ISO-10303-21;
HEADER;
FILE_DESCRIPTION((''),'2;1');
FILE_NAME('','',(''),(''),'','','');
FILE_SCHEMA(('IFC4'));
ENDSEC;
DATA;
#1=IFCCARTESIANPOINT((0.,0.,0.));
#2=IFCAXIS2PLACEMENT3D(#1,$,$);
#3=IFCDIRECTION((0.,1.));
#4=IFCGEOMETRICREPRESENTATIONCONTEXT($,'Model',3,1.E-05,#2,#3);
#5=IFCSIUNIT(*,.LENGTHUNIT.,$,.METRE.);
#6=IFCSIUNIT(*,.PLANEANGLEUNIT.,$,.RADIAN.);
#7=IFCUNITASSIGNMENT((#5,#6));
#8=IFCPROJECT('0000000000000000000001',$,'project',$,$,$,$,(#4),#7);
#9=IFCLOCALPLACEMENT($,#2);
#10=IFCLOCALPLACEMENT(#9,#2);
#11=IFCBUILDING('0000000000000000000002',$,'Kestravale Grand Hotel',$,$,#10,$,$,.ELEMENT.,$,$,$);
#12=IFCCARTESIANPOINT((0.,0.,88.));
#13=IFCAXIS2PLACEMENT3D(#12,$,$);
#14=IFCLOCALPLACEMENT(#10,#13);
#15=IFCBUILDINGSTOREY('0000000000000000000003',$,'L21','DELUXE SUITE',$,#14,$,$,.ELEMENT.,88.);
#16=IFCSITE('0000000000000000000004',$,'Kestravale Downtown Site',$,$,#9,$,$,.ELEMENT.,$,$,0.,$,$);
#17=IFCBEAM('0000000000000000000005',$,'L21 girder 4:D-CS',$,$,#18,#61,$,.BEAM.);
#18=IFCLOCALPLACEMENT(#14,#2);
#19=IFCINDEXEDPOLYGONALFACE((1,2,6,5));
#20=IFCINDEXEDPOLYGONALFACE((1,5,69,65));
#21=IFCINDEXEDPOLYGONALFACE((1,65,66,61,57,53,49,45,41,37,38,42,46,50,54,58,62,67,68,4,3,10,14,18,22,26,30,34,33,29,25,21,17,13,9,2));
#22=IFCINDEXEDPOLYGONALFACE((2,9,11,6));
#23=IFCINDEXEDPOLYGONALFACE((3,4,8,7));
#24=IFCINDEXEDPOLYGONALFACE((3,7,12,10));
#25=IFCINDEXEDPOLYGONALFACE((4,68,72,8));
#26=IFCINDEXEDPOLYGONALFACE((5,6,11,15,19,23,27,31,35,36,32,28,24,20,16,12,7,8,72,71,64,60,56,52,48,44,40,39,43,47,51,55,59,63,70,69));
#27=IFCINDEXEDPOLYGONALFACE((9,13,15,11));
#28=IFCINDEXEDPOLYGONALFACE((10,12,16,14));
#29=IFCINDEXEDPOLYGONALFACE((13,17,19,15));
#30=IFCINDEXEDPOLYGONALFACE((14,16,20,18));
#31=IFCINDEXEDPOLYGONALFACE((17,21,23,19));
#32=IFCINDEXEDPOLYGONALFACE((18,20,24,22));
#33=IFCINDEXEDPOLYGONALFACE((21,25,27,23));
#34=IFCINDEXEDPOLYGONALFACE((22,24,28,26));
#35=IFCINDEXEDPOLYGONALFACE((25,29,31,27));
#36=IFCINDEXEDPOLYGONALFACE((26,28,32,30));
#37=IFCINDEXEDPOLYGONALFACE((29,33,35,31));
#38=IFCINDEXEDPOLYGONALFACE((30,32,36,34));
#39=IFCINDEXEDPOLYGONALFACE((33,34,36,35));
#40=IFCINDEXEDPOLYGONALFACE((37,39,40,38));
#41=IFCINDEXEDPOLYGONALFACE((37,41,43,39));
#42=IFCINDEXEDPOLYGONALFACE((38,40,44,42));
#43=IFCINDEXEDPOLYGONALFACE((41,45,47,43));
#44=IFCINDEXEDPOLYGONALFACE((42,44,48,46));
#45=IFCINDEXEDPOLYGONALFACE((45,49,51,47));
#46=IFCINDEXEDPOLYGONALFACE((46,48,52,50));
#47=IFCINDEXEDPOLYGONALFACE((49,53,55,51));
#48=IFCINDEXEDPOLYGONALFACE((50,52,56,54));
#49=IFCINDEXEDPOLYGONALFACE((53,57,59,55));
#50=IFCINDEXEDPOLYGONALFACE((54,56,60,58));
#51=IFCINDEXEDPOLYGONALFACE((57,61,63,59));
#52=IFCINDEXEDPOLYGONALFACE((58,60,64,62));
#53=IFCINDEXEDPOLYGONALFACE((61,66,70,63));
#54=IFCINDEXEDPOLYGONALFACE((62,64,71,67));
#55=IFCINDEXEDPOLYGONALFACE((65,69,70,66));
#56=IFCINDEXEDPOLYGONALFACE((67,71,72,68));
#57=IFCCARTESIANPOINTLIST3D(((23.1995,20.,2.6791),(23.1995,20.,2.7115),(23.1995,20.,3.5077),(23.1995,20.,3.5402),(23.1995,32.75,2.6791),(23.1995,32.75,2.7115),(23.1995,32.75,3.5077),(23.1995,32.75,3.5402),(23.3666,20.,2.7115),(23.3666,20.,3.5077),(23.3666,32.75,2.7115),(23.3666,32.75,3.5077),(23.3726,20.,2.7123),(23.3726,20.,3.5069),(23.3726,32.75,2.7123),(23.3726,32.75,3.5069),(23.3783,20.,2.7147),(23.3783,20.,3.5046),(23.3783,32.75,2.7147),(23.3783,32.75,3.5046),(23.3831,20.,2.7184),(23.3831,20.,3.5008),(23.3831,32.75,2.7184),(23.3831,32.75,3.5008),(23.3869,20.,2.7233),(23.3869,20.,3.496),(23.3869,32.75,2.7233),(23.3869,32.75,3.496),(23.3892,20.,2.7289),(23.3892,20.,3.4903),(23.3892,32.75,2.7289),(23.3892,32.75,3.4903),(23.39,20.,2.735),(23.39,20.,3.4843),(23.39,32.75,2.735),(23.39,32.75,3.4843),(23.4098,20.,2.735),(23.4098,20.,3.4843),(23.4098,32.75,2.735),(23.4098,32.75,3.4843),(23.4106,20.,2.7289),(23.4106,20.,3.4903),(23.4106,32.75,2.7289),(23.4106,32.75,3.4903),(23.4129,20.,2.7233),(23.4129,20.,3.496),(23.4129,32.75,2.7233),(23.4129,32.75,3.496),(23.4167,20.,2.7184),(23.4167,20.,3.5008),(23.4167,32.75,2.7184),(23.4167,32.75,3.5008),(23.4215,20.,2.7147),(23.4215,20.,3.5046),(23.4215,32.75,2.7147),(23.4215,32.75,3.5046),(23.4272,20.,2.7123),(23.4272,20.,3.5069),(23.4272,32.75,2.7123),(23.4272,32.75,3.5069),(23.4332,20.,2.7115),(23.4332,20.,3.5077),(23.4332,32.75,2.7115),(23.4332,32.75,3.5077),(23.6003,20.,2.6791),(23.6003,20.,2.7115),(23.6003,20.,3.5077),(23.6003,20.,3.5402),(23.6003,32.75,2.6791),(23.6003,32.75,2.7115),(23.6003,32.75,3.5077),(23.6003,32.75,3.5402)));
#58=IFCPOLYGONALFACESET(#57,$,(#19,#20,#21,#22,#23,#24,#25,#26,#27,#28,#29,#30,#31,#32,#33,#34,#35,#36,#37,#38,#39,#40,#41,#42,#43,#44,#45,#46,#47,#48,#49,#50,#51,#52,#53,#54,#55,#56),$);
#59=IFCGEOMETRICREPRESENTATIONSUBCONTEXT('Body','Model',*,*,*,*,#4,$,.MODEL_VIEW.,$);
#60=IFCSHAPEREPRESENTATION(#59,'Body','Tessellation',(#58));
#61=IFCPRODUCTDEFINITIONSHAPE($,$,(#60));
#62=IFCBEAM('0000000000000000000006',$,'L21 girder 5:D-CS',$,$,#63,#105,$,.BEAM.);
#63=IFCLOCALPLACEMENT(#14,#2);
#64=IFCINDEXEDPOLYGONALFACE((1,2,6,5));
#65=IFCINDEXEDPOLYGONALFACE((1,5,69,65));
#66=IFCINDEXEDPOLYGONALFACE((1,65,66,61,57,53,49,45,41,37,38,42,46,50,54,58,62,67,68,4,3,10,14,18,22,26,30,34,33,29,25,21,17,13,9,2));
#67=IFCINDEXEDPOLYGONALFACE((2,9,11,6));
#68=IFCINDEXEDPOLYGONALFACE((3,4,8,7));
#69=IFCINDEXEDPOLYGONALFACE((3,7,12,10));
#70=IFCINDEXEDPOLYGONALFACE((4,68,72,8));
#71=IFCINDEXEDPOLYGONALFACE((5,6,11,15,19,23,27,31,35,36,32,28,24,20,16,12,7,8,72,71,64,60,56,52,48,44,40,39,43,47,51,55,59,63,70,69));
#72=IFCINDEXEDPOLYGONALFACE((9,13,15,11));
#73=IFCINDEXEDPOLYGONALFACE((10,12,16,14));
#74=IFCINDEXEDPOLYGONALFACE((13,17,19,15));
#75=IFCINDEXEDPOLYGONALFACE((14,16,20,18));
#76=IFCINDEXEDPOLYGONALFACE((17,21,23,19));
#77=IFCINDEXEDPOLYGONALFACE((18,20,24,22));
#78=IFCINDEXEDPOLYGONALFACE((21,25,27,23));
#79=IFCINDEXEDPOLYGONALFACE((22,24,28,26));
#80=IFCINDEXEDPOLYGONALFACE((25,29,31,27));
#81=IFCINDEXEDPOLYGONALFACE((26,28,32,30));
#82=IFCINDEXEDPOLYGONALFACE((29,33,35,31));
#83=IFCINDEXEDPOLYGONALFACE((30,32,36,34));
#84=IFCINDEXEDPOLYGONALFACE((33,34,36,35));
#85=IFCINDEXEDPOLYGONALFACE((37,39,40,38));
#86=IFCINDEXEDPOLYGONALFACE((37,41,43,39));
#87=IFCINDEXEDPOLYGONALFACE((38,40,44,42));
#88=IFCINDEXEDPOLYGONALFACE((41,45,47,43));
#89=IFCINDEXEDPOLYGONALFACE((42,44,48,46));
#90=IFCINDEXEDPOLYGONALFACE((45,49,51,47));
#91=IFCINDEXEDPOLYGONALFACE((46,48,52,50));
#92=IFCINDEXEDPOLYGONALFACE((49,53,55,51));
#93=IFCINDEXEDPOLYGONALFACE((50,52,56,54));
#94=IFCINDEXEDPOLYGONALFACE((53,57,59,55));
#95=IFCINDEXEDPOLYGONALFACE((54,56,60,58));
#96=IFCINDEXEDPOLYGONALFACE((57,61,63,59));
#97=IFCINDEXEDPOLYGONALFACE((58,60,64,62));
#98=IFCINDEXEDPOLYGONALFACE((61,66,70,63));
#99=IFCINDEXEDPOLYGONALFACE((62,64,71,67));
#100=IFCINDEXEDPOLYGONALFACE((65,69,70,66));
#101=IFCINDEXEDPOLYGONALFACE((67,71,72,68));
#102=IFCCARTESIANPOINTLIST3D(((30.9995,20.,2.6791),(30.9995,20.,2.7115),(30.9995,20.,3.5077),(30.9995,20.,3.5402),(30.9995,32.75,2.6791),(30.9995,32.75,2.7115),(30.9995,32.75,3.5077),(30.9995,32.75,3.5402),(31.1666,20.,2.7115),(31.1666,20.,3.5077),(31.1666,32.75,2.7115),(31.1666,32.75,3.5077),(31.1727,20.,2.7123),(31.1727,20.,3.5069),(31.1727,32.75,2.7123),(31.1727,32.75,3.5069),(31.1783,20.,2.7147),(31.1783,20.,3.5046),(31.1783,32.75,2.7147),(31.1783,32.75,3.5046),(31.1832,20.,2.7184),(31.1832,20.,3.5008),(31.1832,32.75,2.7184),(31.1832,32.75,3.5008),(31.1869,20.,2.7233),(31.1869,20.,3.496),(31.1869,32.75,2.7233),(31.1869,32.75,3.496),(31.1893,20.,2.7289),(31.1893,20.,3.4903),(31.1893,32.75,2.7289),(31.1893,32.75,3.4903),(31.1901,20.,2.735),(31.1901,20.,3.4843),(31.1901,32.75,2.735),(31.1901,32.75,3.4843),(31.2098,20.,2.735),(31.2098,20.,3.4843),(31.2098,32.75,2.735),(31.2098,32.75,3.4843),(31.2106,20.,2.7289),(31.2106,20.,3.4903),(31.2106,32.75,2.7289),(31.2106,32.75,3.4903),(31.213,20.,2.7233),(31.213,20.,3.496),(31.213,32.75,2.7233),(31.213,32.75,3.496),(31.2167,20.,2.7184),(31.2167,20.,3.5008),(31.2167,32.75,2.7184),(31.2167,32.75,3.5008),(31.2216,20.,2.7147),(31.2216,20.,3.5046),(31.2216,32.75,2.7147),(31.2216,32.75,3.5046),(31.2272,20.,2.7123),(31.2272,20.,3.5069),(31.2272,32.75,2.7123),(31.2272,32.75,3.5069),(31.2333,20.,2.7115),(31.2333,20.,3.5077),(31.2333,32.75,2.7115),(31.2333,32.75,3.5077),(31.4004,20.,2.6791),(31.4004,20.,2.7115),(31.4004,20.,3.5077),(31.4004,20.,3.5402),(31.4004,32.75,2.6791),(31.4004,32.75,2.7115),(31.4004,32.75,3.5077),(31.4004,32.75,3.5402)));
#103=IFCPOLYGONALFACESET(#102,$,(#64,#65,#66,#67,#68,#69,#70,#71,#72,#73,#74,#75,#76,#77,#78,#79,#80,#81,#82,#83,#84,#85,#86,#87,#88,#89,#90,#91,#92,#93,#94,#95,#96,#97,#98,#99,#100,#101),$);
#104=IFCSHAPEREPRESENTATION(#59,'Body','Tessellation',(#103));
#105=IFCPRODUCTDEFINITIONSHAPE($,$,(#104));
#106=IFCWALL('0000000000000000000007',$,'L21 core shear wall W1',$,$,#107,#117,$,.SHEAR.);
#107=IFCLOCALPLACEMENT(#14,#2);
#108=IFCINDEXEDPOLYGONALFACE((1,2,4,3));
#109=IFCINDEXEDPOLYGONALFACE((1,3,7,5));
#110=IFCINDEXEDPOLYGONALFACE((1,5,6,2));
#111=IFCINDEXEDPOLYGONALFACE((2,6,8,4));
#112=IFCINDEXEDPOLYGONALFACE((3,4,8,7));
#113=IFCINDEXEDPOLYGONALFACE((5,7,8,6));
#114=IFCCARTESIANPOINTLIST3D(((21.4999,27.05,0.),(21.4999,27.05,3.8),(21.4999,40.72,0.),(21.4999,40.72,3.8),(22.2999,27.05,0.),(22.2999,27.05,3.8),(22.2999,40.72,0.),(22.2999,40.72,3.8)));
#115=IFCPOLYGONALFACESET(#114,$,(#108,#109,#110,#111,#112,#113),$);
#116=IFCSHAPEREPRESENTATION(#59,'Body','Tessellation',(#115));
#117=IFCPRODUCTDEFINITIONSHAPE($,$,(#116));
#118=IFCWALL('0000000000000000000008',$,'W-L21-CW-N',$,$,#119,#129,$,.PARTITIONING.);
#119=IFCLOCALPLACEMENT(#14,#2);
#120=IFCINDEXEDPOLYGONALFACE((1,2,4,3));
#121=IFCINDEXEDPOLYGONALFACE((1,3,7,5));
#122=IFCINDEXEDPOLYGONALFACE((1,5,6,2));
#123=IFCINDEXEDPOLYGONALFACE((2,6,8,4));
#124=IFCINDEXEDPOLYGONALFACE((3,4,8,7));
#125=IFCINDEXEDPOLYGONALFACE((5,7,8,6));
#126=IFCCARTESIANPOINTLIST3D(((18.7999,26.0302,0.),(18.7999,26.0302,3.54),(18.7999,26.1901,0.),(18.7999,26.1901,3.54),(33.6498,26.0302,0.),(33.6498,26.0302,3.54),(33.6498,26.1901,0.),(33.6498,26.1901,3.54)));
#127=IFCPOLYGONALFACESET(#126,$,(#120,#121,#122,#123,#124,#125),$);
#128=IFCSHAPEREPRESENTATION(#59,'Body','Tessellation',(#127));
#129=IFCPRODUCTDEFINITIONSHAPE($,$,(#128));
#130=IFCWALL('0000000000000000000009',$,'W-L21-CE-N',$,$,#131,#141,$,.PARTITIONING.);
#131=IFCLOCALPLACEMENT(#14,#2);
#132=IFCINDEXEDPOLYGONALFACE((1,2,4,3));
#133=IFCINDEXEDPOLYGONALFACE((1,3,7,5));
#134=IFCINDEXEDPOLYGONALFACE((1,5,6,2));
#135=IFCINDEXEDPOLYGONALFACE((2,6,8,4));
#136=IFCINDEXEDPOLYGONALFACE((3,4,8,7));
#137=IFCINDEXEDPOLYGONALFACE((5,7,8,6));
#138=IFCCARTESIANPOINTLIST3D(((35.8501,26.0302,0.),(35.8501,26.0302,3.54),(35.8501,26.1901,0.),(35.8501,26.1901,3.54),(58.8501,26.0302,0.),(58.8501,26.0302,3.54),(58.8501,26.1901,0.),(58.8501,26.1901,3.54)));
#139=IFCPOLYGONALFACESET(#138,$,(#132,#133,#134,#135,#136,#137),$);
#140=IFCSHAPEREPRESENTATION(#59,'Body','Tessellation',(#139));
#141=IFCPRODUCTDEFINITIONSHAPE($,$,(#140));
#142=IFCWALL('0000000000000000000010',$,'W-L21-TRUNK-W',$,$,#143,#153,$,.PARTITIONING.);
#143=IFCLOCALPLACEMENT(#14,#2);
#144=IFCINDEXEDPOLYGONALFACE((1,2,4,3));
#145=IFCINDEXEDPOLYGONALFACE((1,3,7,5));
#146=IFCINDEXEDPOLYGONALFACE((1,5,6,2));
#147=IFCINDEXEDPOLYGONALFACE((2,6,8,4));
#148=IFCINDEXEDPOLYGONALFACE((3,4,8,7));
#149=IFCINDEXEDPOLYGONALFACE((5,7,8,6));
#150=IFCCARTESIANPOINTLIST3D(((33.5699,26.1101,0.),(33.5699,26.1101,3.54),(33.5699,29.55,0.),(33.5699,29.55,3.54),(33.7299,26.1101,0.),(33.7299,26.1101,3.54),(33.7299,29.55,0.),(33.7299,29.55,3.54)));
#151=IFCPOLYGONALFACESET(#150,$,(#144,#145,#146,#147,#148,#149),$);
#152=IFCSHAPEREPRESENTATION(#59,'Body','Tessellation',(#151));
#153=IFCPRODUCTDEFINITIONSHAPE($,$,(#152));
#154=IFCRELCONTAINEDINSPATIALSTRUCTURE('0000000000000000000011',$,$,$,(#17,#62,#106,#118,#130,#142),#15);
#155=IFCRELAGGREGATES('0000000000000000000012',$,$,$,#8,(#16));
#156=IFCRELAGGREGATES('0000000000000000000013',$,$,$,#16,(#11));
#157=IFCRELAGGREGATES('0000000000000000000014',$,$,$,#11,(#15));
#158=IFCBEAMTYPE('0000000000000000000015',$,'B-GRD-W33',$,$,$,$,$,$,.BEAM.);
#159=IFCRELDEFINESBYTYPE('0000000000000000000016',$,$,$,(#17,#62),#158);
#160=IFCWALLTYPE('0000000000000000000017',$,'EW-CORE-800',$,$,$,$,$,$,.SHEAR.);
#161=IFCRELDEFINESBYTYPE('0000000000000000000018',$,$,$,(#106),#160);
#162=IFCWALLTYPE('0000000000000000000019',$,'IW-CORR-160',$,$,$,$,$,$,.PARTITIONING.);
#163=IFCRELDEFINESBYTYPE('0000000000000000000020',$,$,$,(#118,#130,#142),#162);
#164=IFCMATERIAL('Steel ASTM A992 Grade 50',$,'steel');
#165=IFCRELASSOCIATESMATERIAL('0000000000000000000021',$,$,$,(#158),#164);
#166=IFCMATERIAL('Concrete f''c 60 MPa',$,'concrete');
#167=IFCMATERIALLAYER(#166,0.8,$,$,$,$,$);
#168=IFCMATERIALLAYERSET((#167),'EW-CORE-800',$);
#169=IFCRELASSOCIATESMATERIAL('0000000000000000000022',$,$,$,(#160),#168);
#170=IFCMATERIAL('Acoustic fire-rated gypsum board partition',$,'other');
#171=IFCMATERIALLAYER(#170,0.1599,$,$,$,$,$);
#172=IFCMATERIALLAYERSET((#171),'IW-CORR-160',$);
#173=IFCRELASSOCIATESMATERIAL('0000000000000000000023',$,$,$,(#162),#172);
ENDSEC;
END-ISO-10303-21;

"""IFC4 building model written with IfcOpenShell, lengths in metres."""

from ifc_helpers import new_model, si_unit, direction, frame, frame_2d, origin, origin_2d, place, context, subcontext, project, spatial, rectangle, i_section, extrude, material, layer, layer_set, material_profile, profile_set, type_object, element, save


model = new_model("IFC4")

# Units and contexts
model_context = context("Model", 3, precision=1e-05, world=origin(), true_north=direction((0.0, 1.0)))
body_context = subcontext(model_context, "Body", "Model", "MODEL_VIEW")
ifc_project = project(units=[si_unit("LENGTHUNIT", "METRE"), si_unit("PLANEANGLEUNIT", "RADIAN")], contexts=[model_context])

# Site, building, storey
site_placement = place(None, origin())
site = spatial("IfcSite", under=ifc_project, at=site_placement, Name="Kestravale Downtown Site", CompositionType="ELEMENT", RefElevation=0.0)
building_placement = place(site_placement, origin())
building = spatial("IfcBuilding", under=site, at=building_placement, Name="Kestravale Grand Hotel", CompositionType="ELEMENT")
storey_placement = place(building_placement, frame((0.0, 0.0, 88.0)))
storey = spatial("IfcBuildingStorey", under=building, at=storey_placement, Name="L21", Description="DELUXE SUITE", CompositionType="ELEMENT", Elevation=88.0)

# Beams
ifc_material_1 = material(Name="Steel ASTM A992 Grade 50", Category="steel")
ifc_material_profile_1 = material_profile(ifc_material_1, i_section(OverallWidth=0.4009, OverallDepth=0.8611, WebThickness=0.0198, FlangeThickness=0.0325, FilletRadius=0.0234, at=origin_2d()))
ifc_profile_set_1 = profile_set([ifc_material_profile_1], Name="Steel ASTM A992 Grade 50")
beam_type_1 = type_object("IfcBeamType", Name="B-GRD-W33", PredefinedType="BEAM", material=ifc_profile_set_1)
for number, where, z_axis, x_axis, name in (
    (1, (23.3999, 20.0, 3.1096), (0.0, 1.0, 0.0), (-1.0, 0.0, 0.0), "L21 girder 4:D-CS"),
    (2, (31.2, 20.0, 3.1096), (0.0, 1.0, 0.0), (-1.0, 0.0, 0.0), "L21 girder 5:D-CS"),
):
    element("IfcBeam", number, at=place(storey_placement, frame(where, z_axis=z_axis, x_axis=x_axis)), inside=storey, type_object=beam_type_1, Name=name, PredefinedType="BEAM", context=body_context, shape_type="SweptSolid", body=[
        extrude(i_section(OverallWidth=0.4009, OverallDepth=0.8611, WebThickness=0.0198, FlangeThickness=0.0325, FilletRadius=0.0234, at=origin_2d()), origin(), (0.0, 0.0, 1.0), 12.75),
    ])

# Walls
ifc_material_2 = material(Name="Concrete f'c 60 MPa", Category="concrete")
ifc_layer_1 = layer(ifc_material_2, 0.8)
ifc_layer_set_1 = layer_set([ifc_layer_1], Name="EW-CORE-800")
wall_type_1 = type_object("IfcWallType", Name="EW-CORE-800", PredefinedType="SHEAR", material=ifc_layer_set_1)
wall_1_placement = place(storey_placement, frame((21.8999, 27.05, 0.0), z_axis=(0.0, 0.0, 1.0), x_axis=(0.0, 1.0, 0.0)))
element("IfcWall", 3, at=wall_1_placement, inside=storey, type_object=wall_type_1, Name="L21 core shear wall W1", PredefinedType="SHEAR", context=body_context, shape_type="SweptSolid", body=[
    extrude(rectangle(XDim=13.6699, YDim=0.8, at=frame_2d((6.835, 0.0))), origin(), (0.0, 0.0, 1.0), 3.8),
])
ifc_material_3 = material(Name="Acoustic fire-rated gypsum board partition", Category="other")
ifc_layer_2 = layer(ifc_material_3, 0.1599)
ifc_layer_set_2 = layer_set([ifc_layer_2], Name="IW-CORR-160")
wall_type_2 = type_object("IfcWallType", Name="IW-CORR-160", PredefinedType="PARTITIONING", material=ifc_layer_set_2)
wall_2_placement = place(storey_placement, frame((18.8, 26.1101, 0.0), z_axis=(0.0, 0.0, 1.0), x_axis=(1.0, 0.0, 0.0)))
element("IfcWall", 4, at=wall_2_placement, inside=storey, type_object=wall_type_2, Name="W-L21-CW-N", PredefinedType="PARTITIONING", context=body_context, shape_type="SweptSolid", body=[
    extrude(rectangle(XDim=14.8499, YDim=0.1599, at=frame_2d((7.4248, 0.0))), origin(), (0.0, 0.0, 1.0), 3.54),
])
wall_3_placement = place(storey_placement, frame((35.8501, 26.1101, 0.0), z_axis=(0.0, 0.0, 1.0), x_axis=(1.0, 0.0, 0.0)))
element("IfcWall", 5, at=wall_3_placement, inside=storey, type_object=wall_type_2, Name="W-L21-CE-N", PredefinedType="PARTITIONING", context=body_context, shape_type="SweptSolid", body=[
    extrude(rectangle(XDim=23.0, YDim=0.1599, at=frame_2d((11.5, 0.0))), origin(), (0.0, 0.0, 1.0), 3.54),
])
wall_4_placement = place(storey_placement, frame((33.6499, 26.1101, 0.0), z_axis=(0.0, 0.0, 1.0), x_axis=(0.0, 1.0, 0.0)))
element("IfcWall", 6, at=wall_4_placement, inside=storey, type_object=wall_type_2, Name="W-L21-TRUNK-W", PredefinedType="PARTITIONING", context=body_context, shape_type="SweptSolid", body=[
    extrude(rectangle(XDim=3.4399, YDim=0.1599, at=frame_2d((1.72, 0.0))), origin(), (0.0, 0.0, 1.0), 3.54),
])

save(model, "model.ifc")
